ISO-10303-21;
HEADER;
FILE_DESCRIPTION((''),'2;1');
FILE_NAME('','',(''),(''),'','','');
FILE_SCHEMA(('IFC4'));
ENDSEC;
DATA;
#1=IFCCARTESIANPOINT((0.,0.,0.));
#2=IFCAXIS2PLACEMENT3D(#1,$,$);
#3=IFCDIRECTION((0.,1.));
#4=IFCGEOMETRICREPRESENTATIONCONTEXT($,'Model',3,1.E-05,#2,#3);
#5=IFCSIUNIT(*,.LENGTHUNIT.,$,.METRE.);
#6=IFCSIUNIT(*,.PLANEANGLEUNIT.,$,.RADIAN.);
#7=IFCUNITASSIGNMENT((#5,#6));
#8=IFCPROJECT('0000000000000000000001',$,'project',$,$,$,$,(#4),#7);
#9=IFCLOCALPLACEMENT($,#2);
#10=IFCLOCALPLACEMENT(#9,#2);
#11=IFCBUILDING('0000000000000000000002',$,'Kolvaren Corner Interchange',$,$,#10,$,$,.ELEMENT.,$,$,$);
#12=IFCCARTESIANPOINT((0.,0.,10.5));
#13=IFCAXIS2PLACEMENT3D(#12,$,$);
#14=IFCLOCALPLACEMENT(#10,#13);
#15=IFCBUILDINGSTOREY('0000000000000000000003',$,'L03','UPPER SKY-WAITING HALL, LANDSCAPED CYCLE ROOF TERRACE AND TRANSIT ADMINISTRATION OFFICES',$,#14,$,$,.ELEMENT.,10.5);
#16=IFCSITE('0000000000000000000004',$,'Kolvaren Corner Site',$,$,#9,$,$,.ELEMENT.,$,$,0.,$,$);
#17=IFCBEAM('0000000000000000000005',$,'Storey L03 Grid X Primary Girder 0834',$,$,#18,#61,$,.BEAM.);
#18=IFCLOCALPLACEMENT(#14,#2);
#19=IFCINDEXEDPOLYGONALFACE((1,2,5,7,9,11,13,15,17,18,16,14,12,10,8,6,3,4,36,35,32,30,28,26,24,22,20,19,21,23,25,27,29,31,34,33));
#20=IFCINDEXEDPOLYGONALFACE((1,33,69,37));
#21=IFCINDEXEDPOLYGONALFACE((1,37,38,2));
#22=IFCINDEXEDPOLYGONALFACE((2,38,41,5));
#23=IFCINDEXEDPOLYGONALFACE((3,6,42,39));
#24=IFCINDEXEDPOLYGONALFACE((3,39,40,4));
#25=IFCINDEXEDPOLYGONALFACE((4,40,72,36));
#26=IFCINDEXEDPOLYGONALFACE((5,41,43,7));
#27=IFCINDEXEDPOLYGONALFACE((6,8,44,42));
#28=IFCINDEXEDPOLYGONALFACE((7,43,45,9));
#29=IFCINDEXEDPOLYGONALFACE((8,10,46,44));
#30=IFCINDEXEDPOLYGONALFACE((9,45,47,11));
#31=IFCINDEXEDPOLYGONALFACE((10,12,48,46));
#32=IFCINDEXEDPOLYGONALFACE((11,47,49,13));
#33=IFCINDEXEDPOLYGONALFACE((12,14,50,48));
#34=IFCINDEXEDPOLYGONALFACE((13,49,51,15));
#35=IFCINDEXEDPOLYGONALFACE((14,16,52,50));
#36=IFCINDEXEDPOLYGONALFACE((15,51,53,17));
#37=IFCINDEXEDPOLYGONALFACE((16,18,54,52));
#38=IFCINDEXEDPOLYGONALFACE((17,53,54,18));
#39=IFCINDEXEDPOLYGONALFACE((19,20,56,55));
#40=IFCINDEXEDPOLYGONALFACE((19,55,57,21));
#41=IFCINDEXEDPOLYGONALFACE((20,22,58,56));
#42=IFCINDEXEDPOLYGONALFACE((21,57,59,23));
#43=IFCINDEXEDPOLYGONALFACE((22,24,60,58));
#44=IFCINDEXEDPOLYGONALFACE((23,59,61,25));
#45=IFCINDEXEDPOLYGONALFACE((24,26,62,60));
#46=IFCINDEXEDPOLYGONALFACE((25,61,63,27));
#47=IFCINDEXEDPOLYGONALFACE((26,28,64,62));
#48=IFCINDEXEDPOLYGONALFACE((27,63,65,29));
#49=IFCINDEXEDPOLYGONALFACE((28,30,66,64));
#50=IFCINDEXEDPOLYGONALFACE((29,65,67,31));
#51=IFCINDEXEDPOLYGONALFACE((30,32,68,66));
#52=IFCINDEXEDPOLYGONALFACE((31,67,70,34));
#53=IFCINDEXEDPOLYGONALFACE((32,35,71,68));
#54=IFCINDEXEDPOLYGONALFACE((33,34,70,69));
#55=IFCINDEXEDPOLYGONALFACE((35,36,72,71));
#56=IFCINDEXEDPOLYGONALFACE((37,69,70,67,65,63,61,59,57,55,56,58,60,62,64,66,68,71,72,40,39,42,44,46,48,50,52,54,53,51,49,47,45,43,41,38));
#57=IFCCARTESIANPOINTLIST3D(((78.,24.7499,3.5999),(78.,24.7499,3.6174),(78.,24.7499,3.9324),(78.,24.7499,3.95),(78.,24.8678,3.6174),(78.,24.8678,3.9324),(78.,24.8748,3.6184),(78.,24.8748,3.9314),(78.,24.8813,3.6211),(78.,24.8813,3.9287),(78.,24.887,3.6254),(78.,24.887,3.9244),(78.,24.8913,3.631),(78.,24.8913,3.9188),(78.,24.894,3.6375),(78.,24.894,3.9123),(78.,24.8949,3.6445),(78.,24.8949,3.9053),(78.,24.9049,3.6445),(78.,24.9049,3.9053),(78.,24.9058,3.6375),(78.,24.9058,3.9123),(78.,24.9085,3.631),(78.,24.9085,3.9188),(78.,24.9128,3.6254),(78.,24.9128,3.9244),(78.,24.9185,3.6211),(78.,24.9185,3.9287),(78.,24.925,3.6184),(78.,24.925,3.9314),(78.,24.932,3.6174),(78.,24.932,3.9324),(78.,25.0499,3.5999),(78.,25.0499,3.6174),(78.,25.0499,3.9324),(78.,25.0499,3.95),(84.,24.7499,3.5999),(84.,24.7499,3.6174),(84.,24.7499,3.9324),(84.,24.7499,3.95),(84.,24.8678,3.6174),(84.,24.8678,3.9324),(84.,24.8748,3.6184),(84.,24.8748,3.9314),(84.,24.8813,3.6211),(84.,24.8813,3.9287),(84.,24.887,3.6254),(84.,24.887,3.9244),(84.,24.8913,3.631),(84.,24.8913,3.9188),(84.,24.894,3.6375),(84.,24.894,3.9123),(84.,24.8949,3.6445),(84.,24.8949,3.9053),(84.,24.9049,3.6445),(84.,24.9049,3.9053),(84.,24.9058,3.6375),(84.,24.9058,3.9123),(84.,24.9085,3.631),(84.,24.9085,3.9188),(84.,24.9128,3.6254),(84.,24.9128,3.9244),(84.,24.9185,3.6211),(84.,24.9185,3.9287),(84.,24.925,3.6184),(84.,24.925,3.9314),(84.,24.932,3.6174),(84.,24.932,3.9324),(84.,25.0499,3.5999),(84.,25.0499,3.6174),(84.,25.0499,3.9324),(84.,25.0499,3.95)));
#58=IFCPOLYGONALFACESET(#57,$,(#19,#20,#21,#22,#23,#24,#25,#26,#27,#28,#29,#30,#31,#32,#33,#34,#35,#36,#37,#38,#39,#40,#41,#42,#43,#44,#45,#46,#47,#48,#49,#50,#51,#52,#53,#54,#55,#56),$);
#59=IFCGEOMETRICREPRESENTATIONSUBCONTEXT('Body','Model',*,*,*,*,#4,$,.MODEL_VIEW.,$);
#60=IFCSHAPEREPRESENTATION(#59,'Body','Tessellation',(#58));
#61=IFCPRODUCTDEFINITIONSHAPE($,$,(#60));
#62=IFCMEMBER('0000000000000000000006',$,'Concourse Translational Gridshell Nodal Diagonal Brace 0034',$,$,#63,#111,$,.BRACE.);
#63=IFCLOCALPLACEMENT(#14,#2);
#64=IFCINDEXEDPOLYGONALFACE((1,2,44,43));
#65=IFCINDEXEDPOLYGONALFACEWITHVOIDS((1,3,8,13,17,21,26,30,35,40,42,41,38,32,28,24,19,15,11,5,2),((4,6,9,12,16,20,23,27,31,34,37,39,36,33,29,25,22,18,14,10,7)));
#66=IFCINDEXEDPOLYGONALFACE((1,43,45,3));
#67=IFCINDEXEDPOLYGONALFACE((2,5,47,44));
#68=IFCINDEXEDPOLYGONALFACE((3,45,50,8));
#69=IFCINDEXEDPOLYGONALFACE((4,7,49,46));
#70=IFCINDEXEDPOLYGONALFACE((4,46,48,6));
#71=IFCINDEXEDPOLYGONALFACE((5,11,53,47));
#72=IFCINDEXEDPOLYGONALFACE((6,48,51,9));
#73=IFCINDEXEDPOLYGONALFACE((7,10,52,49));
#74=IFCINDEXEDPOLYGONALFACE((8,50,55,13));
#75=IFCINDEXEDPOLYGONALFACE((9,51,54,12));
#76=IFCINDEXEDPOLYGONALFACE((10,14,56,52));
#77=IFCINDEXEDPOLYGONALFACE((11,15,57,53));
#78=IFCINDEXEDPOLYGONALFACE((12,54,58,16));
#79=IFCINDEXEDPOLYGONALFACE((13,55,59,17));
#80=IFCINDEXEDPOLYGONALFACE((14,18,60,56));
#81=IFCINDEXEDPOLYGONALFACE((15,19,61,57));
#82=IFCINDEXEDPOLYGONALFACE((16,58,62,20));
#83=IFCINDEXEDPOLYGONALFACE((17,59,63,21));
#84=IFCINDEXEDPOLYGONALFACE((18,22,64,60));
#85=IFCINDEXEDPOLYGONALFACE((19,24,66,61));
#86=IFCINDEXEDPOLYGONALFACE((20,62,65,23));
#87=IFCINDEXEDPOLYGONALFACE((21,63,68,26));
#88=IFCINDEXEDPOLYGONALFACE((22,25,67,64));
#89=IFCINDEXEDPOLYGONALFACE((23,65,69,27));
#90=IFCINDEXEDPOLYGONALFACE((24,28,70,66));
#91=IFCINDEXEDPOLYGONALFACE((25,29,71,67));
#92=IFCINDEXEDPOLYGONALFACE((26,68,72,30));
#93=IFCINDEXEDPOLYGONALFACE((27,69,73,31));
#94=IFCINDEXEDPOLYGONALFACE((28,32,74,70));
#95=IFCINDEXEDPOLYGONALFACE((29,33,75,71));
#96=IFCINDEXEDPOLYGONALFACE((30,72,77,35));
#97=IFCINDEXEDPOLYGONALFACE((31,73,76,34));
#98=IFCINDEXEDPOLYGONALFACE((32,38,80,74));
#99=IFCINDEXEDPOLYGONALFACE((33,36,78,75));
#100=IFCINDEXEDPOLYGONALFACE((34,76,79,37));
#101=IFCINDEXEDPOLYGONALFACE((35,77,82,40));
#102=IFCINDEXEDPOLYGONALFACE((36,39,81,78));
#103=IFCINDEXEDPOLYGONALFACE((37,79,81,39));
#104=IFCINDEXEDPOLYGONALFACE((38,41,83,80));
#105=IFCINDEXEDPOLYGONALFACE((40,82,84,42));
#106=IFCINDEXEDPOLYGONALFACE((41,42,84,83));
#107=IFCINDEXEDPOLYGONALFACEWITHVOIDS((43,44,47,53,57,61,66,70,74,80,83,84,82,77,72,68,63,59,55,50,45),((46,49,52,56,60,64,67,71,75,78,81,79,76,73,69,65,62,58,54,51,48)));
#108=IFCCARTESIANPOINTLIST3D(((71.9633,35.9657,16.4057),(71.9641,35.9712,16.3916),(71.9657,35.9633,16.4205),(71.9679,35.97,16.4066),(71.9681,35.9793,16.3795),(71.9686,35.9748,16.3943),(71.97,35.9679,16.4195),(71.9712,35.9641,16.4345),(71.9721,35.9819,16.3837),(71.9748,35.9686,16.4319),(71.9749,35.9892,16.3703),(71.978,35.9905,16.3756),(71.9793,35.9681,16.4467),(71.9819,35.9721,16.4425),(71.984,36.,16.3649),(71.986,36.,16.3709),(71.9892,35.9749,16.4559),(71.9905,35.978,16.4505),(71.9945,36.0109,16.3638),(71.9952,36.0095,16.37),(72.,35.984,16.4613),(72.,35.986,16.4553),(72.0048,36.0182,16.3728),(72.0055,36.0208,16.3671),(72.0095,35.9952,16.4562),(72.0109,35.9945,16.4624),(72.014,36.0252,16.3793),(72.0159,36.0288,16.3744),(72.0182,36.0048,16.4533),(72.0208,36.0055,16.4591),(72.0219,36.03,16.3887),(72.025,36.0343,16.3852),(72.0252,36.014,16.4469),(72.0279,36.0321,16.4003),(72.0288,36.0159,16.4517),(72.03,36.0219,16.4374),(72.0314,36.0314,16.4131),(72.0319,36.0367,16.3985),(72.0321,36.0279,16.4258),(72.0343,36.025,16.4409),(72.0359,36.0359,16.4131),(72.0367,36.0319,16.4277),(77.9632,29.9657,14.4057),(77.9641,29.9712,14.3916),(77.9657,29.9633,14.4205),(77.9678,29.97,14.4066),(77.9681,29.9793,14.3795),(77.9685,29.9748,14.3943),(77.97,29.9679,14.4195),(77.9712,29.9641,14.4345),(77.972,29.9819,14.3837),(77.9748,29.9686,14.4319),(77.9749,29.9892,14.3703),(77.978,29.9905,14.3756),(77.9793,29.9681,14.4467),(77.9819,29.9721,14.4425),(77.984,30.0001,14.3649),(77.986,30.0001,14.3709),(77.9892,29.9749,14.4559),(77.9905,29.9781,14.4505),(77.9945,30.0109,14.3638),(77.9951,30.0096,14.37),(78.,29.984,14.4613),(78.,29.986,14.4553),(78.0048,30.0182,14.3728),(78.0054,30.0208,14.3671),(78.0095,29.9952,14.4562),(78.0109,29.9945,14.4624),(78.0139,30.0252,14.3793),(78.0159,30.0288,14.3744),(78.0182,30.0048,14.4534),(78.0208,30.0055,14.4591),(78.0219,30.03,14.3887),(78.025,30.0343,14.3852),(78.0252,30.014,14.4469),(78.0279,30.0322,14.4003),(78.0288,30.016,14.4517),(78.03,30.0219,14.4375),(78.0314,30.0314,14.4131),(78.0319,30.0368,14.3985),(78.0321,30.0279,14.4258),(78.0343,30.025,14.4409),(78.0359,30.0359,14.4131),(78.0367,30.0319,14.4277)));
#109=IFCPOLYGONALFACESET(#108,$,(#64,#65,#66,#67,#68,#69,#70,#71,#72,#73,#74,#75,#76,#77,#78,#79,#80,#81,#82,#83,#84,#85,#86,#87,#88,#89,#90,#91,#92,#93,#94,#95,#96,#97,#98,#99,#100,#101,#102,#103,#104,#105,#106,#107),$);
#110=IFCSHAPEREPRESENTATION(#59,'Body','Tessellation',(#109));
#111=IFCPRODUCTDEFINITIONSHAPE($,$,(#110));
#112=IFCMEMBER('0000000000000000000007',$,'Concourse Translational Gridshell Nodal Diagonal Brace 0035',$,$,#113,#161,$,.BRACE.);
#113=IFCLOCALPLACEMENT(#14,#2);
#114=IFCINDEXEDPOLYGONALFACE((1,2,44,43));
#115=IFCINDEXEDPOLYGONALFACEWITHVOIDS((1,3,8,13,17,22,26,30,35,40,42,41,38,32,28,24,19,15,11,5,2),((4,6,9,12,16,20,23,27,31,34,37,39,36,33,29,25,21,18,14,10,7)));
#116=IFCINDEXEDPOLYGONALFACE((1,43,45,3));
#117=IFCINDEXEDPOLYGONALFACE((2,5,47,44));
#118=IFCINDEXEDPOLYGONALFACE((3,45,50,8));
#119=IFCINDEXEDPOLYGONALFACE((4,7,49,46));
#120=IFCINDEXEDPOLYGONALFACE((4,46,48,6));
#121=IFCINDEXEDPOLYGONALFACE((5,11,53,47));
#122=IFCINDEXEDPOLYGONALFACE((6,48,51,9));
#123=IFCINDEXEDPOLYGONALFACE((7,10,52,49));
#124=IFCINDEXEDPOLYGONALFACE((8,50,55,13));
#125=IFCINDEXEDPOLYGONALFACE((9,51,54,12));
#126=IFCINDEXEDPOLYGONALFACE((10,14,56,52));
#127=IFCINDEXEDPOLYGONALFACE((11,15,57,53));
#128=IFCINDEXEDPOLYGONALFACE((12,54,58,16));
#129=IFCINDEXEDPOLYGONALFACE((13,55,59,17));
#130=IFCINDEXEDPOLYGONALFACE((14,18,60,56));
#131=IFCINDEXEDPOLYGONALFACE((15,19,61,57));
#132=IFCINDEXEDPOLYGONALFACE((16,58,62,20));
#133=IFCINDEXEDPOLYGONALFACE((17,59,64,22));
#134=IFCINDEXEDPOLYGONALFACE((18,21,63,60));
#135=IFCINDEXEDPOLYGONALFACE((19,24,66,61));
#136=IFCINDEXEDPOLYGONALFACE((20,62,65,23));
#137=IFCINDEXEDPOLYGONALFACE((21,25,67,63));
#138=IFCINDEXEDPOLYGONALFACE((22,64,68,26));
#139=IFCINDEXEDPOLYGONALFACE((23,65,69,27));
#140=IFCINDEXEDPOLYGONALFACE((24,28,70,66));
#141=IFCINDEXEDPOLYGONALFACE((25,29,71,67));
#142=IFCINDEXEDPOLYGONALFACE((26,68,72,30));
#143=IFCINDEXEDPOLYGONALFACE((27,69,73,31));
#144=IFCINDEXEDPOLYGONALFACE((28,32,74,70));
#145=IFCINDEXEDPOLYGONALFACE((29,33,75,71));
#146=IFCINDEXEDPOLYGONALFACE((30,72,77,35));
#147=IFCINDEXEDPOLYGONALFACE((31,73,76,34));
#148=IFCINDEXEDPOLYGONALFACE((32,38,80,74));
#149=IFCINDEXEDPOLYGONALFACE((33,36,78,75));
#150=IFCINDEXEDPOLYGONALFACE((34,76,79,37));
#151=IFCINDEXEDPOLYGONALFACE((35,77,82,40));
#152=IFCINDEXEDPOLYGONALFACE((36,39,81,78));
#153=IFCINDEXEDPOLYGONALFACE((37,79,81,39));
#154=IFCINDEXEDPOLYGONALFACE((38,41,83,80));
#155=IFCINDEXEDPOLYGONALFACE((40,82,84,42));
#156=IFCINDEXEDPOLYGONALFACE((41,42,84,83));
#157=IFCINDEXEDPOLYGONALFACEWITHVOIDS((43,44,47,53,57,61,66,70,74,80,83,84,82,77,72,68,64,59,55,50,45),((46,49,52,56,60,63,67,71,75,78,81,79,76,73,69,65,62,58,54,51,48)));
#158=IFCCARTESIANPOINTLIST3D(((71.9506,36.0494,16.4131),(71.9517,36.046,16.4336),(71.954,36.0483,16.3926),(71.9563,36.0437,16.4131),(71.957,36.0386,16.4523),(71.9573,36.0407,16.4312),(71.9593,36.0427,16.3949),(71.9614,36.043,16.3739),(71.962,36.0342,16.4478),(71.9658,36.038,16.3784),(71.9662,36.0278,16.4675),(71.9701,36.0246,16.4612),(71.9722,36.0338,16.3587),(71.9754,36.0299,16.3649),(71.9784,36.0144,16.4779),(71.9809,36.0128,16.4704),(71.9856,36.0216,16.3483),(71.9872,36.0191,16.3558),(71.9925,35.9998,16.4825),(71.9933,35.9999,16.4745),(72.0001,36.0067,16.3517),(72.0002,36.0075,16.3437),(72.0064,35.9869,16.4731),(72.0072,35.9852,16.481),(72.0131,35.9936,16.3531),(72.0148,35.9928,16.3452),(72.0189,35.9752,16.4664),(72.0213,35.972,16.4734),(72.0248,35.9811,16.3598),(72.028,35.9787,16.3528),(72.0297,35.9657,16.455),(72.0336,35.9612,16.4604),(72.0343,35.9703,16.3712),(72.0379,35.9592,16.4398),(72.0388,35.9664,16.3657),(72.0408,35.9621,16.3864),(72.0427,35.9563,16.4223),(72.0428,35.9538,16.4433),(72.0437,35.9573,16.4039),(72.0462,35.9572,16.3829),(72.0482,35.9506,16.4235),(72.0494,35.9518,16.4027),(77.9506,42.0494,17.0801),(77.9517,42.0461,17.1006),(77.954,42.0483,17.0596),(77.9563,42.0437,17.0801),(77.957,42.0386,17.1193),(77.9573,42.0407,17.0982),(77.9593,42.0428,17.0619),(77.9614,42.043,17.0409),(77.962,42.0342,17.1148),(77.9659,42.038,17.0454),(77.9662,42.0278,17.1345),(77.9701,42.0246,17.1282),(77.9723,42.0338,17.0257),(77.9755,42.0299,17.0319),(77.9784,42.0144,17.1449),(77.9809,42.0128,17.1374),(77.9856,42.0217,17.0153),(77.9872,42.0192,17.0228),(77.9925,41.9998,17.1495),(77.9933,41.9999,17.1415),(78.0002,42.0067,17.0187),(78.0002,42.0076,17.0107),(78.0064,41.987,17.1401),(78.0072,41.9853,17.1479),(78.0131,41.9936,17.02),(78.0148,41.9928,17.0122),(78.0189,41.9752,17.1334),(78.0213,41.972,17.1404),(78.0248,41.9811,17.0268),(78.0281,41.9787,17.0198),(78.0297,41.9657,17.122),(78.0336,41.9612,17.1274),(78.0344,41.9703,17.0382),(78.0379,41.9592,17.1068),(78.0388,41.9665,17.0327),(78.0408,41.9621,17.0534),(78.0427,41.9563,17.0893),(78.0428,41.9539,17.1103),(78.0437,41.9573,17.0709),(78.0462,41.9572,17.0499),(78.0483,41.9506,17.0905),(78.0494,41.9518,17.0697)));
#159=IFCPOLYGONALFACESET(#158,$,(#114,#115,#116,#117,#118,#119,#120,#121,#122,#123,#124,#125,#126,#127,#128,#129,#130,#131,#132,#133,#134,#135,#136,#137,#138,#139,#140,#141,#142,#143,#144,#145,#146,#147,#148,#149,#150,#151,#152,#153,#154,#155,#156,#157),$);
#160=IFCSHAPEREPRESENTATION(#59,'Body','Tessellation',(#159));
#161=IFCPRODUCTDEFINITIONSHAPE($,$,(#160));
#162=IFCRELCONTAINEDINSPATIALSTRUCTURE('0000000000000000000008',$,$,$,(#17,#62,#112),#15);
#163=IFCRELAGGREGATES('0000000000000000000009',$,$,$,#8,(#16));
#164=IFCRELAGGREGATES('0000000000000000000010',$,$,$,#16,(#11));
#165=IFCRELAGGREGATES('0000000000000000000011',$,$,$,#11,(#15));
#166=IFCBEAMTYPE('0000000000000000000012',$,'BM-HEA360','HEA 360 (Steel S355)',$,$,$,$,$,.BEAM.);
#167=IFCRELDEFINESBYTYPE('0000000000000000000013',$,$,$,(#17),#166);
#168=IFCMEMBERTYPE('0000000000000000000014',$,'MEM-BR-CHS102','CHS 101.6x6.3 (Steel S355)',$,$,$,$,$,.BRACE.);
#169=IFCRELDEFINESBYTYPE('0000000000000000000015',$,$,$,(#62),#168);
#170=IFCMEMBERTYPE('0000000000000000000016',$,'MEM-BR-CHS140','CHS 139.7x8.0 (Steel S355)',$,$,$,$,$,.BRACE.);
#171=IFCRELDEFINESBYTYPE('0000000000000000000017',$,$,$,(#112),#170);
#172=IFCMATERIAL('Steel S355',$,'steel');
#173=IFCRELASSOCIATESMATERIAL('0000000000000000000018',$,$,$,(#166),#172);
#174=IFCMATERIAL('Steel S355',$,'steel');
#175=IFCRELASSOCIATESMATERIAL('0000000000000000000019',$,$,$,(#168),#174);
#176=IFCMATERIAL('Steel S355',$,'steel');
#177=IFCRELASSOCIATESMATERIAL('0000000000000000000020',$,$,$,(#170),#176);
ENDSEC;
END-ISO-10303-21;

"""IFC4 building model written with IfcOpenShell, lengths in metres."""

from ifc_helpers import new_model, si_unit, direction, frame, origin, origin_2d, place, context, subcontext, project, spatial, hollow_circle, i_section, extrude, material, material_profile, profile_set, type_object, element, save


model = new_model("IFC4")

# Units and contexts
model_context = context("Model", 3, precision=1e-05, world=origin(), true_north=direction((0.0, 1.0)))
body_context = subcontext(model_context, "Body", "Model", "MODEL_VIEW")
ifc_project = project(units=[si_unit("LENGTHUNIT", "METRE"), si_unit("PLANEANGLEUNIT", "RADIAN")], contexts=[model_context])

# Site, building, storey
site_placement = place(None, origin())
site = spatial("IfcSite", under=ifc_project, at=site_placement, Name="Kolvaren Corner Site", CompositionType="ELEMENT", RefElevation=0.0)
building_placement = place(site_placement, origin())
building = spatial("IfcBuilding", under=site, at=building_placement, Name="Kolvaren Corner Interchange", CompositionType="ELEMENT")
storey_placement = place(building_placement, frame((0.0, 0.0, 10.5)))
storey = spatial("IfcBuildingStorey", under=building, at=storey_placement, Name="L03", Description="UPPER SKY-WAITING HALL, LANDSCAPED CYCLE ROOF TERRACE AND TRANSIT ADMINISTRATION OFFICES", CompositionType="ELEMENT", Elevation=10.5)

# Beam
ifc_material_1 = material(Name="Steel S355", Category="steel")
ifc_material_profile_1 = material_profile(ifc_material_1, i_section(OverallWidth=0.3, OverallDepth=0.3501, WebThickness=0.01, FlangeThickness=0.0176, FilletRadius=0.0271, at=origin_2d()), Name="HEA 360")
ifc_profile_set_1 = profile_set([ifc_material_profile_1], Name="Steel S355")
beam_type = type_object("IfcBeamType", Name="BM-HEA360", Description="HEA 360 (Steel S355)", PredefinedType="BEAM", material=ifc_profile_set_1)
beam_placement = place(storey_placement, frame((78.0, 24.8999, 3.7749), z_axis=(1.0, 0.0, 0.0), x_axis=(0.0, 1.0, 0.0)))
element("IfcBeam", 1, at=beam_placement, inside=storey, type_object=beam_type, Name="Storey L03 Grid X Primary Girder 0834", PredefinedType="BEAM", context=body_context, shape_type="SweptSolid", body=[
    extrude(i_section(OverallWidth=0.3, OverallDepth=0.3501, WebThickness=0.01, FlangeThickness=0.0176, FilletRadius=0.0271, at=origin_2d()), origin(), (0.0, 0.0, 1.0), 6.0),
])

# Members
ifc_material_2 = material(Name="Steel S355", Category="steel")
ifc_material_profile_2 = material_profile(ifc_material_2, hollow_circle(Radius=0.0508, WallThickness=0.0063, at=origin_2d()), Name="CHS 101.6x6.3")
ifc_profile_set_2 = profile_set([ifc_material_profile_2], Name="Steel S355")
member_type_1 = type_object("IfcMemberType", Name="MEM-BR-CHS102", Description="CHS 101.6x6.3 (Steel S355)", PredefinedType="BRACE", material=ifc_profile_set_2)
member_1_placement = place(storey_placement, frame((72.0, 36.0, 16.4131), z_axis=(0.688247, -0.688247, -0.229416), x_axis=(0.707107, 0.707107, 0.0)))
element("IfcMember", 2, at=member_1_placement, inside=storey, type_object=member_type_1, Name="Concourse Translational Gridshell Nodal Diagonal Brace 0034", PredefinedType="BRACE", context=body_context, shape_type="SweptSolid", body=[
    extrude(hollow_circle(Radius=0.0508, WallThickness=0.0063, at=origin_2d()), origin(), (0.0, 0.0, 1.0), 8.7178),
])
ifc_material_3 = material(Name="Steel S355", Category="steel")
ifc_material_profile_3 = material_profile(ifc_material_3, hollow_circle(Radius=0.0698, WallThickness=0.0081, at=origin_2d()), Name="CHS 139.7x8.0")
ifc_profile_set_3 = profile_set([ifc_material_profile_3], Name="Steel S355")
member_type_2 = type_object("IfcMemberType", Name="MEM-BR-CHS140", Description="CHS 139.7x8.0 (Steel S355)", PredefinedType="BRACE", material=ifc_profile_set_3)
member_2_placement = place(storey_placement, frame((72.0, 36.0, 16.4131), z_axis=(0.704932, 0.704932, 0.078364), x_axis=(-0.707107, 0.707107, 0.0)))
element("IfcMember", 3, at=member_2_placement, inside=storey, type_object=member_type_2, Name="Concourse Translational Gridshell Nodal Diagonal Brace 0035", PredefinedType="BRACE", context=body_context, shape_type="SweptSolid", body=[
    extrude(hollow_circle(Radius=0.0698, WallThickness=0.0081, at=origin_2d()), origin(), (0.0, 0.0, 1.0), 8.5115),
])

save(model, "model.ifc")
